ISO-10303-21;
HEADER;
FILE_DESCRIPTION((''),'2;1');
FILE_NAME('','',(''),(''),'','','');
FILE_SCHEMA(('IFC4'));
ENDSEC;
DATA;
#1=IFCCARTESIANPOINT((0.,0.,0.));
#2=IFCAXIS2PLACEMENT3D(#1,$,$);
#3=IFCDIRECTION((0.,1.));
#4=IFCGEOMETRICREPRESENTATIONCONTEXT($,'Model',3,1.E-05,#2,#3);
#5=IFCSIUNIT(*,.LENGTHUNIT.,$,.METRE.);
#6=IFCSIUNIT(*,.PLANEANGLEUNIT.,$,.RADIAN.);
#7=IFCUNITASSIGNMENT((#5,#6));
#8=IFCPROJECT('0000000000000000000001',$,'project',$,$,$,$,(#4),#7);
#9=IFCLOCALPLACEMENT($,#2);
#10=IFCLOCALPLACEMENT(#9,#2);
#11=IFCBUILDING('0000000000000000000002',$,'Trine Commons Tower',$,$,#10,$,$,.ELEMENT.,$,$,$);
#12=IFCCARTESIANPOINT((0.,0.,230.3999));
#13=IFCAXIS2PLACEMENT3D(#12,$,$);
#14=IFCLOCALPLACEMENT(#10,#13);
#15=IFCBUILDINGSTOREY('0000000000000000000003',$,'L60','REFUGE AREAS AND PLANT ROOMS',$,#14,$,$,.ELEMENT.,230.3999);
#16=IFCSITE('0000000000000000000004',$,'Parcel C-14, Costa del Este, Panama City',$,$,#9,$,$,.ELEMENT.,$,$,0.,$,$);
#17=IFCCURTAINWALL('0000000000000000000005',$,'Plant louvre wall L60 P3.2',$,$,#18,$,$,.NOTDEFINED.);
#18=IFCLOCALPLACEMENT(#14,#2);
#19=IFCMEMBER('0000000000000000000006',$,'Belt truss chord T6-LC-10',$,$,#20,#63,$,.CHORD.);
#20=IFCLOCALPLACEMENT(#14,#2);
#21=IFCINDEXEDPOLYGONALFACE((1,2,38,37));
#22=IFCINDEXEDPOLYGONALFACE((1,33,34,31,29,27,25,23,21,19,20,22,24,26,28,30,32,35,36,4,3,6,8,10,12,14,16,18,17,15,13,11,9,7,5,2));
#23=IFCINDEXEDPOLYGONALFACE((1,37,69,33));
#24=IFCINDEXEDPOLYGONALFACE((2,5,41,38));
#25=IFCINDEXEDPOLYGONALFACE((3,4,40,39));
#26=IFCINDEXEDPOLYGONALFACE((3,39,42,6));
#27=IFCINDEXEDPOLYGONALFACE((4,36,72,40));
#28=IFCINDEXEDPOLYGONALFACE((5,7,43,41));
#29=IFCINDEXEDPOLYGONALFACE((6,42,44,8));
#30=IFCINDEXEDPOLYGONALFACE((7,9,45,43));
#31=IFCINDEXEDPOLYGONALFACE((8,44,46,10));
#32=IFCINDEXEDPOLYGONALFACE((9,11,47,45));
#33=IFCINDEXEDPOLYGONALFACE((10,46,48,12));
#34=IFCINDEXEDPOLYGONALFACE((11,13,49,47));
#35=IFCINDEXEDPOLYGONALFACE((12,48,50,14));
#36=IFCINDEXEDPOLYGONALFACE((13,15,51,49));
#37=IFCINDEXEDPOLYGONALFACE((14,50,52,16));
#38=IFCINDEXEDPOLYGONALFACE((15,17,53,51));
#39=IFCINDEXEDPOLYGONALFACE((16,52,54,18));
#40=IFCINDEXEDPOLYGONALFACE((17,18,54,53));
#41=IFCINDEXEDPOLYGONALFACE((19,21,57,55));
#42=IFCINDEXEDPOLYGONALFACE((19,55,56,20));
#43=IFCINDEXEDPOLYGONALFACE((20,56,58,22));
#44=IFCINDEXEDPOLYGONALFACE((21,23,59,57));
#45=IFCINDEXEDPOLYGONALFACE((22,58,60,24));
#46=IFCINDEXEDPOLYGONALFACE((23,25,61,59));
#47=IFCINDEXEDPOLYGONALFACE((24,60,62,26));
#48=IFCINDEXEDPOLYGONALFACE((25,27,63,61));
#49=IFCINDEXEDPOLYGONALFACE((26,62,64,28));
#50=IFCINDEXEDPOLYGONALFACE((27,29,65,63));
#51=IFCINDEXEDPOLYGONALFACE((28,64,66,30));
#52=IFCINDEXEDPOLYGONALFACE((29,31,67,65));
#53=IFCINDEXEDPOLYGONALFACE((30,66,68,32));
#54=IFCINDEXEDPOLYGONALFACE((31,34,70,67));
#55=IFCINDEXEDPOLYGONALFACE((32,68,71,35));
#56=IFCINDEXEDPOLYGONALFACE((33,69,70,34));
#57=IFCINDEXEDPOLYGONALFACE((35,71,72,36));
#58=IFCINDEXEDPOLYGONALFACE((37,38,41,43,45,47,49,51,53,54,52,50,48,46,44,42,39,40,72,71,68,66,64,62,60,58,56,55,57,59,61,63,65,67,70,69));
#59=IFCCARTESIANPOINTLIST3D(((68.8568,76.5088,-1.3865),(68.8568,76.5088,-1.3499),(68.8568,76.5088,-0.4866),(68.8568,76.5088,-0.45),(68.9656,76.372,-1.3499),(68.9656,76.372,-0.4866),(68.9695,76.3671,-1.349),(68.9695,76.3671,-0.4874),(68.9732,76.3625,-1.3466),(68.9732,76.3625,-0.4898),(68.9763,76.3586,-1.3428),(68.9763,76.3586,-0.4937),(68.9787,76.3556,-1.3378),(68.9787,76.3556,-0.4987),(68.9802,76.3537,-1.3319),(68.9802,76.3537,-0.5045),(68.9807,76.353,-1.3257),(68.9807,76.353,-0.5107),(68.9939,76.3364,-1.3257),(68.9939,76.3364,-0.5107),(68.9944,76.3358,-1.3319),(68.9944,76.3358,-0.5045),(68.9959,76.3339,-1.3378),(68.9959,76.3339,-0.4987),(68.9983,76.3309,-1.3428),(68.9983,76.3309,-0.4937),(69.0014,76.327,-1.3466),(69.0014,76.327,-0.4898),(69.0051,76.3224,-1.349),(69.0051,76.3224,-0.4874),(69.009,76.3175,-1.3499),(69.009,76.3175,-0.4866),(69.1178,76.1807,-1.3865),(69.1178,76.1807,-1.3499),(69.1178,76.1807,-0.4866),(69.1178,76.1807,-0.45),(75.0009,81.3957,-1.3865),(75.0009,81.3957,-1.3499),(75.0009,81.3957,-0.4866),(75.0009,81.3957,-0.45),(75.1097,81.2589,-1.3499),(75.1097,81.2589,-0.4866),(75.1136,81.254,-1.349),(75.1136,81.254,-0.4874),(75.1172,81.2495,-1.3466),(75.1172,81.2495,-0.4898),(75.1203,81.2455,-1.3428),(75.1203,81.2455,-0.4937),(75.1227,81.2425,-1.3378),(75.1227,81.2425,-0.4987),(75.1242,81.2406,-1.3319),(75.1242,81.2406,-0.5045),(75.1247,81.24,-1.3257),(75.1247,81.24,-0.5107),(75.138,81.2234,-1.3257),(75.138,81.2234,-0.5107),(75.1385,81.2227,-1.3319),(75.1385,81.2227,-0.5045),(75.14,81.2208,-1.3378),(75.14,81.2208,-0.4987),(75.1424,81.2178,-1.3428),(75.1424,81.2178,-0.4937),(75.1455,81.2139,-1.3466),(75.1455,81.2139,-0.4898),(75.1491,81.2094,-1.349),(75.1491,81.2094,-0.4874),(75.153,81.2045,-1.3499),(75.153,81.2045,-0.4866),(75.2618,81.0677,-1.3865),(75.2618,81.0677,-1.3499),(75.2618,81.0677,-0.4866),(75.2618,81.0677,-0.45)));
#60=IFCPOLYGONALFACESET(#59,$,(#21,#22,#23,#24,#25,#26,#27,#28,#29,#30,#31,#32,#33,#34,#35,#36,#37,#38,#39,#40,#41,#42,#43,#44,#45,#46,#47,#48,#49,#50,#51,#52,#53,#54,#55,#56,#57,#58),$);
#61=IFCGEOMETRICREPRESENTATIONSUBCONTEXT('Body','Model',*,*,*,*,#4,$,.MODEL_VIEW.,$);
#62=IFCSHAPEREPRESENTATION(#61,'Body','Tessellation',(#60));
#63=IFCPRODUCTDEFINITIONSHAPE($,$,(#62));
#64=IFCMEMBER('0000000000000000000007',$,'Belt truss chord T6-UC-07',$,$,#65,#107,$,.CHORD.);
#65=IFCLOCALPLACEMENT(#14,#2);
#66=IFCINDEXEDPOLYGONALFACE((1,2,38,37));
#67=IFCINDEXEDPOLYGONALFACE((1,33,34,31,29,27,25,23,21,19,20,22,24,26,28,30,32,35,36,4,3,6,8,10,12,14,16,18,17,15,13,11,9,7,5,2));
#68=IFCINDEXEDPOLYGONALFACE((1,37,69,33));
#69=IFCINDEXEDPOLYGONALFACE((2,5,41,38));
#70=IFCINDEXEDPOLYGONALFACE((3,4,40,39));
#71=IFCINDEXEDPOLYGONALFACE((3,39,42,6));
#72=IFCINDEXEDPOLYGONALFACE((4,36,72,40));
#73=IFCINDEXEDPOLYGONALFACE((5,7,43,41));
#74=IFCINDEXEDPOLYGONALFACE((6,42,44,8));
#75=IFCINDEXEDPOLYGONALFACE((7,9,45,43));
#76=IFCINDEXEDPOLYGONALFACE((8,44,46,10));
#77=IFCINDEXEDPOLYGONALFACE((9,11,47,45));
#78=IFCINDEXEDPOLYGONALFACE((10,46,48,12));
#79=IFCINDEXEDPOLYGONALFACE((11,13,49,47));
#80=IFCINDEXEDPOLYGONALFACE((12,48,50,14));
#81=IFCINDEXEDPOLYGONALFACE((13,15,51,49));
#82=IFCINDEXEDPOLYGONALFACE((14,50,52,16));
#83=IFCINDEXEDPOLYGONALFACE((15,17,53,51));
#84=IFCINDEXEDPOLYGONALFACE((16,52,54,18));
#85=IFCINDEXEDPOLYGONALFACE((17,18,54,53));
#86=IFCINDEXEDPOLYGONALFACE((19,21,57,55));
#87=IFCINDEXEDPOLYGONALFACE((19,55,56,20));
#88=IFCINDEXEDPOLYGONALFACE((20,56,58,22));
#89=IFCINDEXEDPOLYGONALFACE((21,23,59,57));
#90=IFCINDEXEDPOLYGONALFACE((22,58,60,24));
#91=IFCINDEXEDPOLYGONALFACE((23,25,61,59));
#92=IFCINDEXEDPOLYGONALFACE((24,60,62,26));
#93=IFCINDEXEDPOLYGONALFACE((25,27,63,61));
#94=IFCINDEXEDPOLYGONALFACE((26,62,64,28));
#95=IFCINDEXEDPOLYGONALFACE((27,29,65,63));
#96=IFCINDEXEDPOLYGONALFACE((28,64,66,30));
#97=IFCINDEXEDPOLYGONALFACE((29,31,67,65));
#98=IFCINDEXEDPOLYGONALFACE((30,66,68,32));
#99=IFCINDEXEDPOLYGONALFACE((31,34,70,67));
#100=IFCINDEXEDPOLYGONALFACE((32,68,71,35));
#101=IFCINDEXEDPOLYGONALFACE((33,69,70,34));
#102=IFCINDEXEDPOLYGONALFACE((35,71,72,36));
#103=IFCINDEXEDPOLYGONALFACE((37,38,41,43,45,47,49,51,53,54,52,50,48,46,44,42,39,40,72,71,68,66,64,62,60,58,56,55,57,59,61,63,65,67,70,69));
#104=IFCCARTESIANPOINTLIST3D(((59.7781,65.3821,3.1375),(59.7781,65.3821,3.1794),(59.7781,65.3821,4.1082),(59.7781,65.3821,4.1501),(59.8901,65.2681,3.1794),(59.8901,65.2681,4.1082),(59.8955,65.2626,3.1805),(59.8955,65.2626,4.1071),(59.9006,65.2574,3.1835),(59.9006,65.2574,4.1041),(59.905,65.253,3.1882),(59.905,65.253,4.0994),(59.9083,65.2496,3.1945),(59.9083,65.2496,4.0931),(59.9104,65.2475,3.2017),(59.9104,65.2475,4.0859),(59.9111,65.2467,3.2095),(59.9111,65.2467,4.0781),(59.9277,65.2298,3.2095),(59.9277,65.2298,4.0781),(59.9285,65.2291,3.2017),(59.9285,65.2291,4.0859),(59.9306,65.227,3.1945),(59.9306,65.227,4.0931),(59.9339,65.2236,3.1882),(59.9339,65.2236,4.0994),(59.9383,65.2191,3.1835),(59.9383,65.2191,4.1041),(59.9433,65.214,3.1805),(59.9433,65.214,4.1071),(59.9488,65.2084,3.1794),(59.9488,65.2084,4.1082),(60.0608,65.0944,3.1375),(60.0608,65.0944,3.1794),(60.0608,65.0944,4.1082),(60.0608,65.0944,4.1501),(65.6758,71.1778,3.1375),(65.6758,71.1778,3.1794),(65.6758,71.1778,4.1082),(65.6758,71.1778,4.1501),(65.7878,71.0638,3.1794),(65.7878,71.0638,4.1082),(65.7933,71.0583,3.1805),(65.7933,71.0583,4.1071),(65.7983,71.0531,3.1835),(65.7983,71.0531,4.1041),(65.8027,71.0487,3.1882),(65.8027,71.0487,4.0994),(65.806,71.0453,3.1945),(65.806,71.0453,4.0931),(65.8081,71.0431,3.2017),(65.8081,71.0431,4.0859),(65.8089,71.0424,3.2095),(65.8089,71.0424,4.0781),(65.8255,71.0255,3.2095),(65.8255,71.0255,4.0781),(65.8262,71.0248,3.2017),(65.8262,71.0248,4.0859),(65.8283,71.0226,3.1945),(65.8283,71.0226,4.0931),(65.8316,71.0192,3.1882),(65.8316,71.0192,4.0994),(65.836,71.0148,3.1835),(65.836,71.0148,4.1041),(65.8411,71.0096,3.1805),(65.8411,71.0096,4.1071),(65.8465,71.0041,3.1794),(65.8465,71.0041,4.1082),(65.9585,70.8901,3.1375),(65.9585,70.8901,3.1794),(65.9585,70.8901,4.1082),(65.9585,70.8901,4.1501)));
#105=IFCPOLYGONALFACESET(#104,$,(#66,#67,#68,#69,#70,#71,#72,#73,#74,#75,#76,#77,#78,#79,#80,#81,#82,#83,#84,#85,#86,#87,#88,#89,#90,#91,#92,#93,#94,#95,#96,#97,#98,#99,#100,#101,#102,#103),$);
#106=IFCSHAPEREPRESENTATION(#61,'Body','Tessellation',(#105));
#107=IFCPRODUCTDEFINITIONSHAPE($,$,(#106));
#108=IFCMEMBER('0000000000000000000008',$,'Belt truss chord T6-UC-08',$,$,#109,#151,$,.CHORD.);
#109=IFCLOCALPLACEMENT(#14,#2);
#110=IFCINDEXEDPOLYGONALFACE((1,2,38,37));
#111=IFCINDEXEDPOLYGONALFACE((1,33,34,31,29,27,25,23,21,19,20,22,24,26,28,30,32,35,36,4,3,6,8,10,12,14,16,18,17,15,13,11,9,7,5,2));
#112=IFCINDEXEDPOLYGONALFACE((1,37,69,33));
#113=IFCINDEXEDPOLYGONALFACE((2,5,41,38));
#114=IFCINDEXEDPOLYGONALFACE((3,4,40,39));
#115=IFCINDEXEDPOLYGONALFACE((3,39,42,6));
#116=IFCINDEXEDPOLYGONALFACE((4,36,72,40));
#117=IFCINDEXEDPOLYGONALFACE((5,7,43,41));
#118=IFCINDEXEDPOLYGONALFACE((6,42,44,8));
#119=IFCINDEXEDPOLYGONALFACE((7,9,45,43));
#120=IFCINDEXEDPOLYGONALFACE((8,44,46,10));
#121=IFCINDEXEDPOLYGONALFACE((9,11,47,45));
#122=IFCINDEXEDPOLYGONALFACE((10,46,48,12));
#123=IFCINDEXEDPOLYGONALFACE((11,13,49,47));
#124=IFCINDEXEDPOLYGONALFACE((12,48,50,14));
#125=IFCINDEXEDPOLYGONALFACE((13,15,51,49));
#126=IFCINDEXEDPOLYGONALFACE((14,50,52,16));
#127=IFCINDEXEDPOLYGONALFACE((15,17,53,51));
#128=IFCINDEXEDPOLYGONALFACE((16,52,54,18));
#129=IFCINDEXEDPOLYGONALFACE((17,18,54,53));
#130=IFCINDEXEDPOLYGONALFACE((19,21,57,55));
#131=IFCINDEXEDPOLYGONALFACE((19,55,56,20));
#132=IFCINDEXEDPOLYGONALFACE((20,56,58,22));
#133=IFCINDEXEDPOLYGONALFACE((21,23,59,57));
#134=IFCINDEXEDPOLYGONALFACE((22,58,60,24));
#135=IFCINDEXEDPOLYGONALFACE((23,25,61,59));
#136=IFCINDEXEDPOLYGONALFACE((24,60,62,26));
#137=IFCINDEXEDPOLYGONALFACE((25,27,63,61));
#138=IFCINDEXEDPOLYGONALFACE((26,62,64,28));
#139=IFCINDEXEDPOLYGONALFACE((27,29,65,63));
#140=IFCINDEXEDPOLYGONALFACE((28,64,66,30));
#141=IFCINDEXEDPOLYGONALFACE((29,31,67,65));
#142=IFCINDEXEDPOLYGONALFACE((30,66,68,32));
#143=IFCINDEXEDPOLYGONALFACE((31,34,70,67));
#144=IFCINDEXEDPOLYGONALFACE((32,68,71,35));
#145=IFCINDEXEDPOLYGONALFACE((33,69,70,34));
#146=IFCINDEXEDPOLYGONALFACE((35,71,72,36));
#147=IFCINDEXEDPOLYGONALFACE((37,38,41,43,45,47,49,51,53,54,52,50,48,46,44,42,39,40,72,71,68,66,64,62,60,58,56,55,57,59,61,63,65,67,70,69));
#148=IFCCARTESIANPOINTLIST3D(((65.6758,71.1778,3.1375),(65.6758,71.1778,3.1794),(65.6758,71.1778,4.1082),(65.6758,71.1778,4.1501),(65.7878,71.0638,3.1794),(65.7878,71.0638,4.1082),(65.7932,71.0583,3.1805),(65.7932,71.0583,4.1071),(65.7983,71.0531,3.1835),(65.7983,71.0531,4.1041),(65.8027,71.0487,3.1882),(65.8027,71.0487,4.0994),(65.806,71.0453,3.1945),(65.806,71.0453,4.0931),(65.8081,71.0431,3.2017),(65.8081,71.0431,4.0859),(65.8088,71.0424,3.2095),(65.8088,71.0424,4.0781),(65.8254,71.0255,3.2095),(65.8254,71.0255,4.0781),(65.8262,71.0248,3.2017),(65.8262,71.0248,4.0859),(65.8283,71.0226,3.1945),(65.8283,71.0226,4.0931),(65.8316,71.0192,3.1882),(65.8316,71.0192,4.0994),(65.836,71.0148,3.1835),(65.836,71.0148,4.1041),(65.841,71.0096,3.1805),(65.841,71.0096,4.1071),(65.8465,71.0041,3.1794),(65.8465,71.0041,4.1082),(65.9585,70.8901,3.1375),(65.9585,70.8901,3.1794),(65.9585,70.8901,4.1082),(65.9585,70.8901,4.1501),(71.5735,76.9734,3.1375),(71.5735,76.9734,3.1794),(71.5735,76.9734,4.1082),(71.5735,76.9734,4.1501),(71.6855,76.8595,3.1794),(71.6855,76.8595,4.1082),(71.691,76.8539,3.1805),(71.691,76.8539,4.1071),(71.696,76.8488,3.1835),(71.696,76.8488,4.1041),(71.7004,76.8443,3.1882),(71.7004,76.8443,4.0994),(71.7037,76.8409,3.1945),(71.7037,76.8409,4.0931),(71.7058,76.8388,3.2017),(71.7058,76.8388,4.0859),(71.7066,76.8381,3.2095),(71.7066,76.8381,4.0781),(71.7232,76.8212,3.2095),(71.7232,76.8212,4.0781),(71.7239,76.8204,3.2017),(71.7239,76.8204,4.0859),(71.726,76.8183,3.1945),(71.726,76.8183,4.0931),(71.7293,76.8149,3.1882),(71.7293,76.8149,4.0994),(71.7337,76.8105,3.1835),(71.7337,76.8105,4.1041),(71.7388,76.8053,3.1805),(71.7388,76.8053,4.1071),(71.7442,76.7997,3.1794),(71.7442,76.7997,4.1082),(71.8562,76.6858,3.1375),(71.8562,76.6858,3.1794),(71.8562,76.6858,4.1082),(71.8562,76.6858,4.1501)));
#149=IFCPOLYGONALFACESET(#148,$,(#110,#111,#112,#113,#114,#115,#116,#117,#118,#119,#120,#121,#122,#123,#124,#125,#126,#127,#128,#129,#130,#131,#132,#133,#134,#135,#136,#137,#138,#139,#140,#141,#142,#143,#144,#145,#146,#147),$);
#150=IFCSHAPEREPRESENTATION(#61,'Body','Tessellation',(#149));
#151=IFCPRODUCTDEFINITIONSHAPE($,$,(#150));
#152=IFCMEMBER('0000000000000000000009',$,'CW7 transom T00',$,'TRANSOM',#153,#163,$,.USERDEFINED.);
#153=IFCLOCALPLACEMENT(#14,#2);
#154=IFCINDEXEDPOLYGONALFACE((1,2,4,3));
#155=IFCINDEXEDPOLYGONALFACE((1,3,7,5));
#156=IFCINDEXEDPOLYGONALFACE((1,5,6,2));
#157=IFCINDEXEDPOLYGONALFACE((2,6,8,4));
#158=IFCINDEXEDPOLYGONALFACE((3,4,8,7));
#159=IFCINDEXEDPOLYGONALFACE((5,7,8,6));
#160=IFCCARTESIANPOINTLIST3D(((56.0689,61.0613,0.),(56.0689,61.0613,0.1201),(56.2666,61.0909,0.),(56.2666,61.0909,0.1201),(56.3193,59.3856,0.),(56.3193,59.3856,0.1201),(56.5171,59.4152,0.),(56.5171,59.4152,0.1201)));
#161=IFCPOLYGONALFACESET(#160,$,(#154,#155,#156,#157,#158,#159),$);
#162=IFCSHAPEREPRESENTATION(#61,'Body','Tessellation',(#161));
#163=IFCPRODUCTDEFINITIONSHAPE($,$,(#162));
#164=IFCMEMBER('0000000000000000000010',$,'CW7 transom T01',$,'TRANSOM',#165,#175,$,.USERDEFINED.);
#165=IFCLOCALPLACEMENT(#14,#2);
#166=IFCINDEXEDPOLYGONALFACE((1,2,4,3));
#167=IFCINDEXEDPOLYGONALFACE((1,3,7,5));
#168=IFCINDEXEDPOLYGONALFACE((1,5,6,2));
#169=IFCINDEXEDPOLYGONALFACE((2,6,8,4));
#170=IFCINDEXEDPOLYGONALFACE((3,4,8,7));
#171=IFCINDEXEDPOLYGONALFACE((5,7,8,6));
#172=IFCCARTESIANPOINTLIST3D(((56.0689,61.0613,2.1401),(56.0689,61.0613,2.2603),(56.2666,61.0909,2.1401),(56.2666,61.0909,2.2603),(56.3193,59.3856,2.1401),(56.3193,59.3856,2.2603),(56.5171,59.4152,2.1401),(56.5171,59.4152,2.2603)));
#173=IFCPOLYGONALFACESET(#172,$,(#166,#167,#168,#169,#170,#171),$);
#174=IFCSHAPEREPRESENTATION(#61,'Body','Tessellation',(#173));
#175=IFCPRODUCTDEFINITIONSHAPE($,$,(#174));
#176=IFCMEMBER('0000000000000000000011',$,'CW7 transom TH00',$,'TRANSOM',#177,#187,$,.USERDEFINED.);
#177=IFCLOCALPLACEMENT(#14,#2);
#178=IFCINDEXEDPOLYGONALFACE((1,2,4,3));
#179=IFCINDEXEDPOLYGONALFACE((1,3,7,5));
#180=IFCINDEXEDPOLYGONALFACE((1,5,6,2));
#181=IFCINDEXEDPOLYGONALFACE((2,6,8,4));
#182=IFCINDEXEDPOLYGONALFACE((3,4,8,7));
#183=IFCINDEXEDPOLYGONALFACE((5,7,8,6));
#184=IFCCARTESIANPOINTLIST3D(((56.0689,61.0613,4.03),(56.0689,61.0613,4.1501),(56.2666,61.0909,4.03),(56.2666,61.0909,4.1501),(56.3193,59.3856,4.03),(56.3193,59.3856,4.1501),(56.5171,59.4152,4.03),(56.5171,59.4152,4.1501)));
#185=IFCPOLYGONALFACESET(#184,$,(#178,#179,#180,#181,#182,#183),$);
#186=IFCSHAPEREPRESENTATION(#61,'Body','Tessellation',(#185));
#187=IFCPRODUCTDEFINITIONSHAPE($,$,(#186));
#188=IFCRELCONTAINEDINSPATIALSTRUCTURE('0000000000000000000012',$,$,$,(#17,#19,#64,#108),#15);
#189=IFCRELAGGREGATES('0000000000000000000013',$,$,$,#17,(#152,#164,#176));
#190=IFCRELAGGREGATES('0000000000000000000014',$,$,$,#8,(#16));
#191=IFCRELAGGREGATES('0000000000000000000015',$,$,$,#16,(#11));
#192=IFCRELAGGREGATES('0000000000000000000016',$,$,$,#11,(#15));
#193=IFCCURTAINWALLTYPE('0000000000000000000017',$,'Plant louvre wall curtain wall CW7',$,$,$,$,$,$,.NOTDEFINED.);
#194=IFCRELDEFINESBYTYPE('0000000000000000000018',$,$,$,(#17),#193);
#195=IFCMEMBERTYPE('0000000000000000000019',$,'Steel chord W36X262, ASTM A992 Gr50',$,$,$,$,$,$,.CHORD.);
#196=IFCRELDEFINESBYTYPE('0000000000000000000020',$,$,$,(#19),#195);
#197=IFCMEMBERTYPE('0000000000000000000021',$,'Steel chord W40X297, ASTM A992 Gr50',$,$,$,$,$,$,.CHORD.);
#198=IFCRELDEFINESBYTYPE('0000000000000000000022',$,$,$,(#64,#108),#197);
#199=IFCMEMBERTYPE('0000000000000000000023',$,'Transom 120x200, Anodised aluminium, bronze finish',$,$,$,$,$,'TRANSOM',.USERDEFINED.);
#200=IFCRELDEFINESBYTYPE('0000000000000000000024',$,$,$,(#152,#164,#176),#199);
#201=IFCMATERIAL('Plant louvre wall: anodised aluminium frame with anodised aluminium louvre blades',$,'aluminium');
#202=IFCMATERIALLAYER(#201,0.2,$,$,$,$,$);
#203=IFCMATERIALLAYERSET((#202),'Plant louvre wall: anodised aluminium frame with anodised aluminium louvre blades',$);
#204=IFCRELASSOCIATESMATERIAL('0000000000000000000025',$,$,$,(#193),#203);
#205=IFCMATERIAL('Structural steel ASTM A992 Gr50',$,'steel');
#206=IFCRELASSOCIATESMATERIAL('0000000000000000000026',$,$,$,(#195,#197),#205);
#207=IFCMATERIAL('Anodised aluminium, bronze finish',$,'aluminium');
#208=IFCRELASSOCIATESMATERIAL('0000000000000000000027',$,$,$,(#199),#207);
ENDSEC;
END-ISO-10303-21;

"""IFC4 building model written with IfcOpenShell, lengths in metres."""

from ifc_helpers import new_model, si_unit, direction, frame, origin, origin_2d, place, context, subcontext, project, spatial, rectangle, i_section, extrude, material, layer, layer_set, material_profile, profile_set, type_object, element, aggregate, save


model = new_model("IFC4")

# Units and contexts
model_context = context("Model", 3, precision=1e-05, world=origin(), true_north=direction((0.0, 1.0)))
body_context = subcontext(model_context, "Body", "Model", "MODEL_VIEW")
ifc_project = project(units=[si_unit("LENGTHUNIT", "METRE"), si_unit("PLANEANGLEUNIT", "RADIAN")], contexts=[model_context])

# Site, building, storey
site_placement = place(None, origin())
site = spatial("IfcSite", under=ifc_project, at=site_placement, Name="Parcel C-14, Costa del Este, Panama City", CompositionType="ELEMENT", RefElevation=0.0)
building_placement = place(site_placement, origin())
building = spatial("IfcBuilding", under=site, at=building_placement, Name="Trine Commons Tower", CompositionType="ELEMENT")
storey_placement = place(building_placement, frame((0.0, 0.0, 230.3999)))
storey = spatial("IfcBuildingStorey", under=building, at=storey_placement, Name="L60", Description="REFUGE AREAS AND PLANT ROOMS", CompositionType="ELEMENT", Elevation=230.3999)

# Shared definitions
ifc_material_1 = material(Name="Plant louvre wall: anodised aluminium frame with anodised aluminium louvre blades", Category="aluminium")
ifc_layer_1 = layer(ifc_material_1, 0.2)
ifc_layer_set_1 = layer_set([ifc_layer_1], Name="Plant louvre wall: anodised aluminium frame with anodised aluminium louvre blades")
curtain_wall_type = type_object("IfcCurtainWallType", Name="Plant louvre wall curtain wall CW7", PredefinedType="NOTDEFINED", material=ifc_layer_set_1)
ifc_material_2 = material(Name="Anodised aluminium, bronze finish", Category="aluminium")

# Curtain wall
curtain_wall_1_placement = place(storey_placement, origin())
curtain_wall_1 = element("IfcCurtainWall", 1, at=curtain_wall_1_placement, inside=storey, type_object=curtain_wall_type, Name="Plant louvre wall L60 P3.2", PredefinedType="NOTDEFINED")

# Members
ifc_material_3 = material(Name="Structural steel ASTM A992 Gr50", Category="steel")
ifc_material_profile_1 = material_profile(ifc_material_3, i_section(OverallWidth=0.4192, OverallDepth=0.9365, WebThickness=0.0212, FlangeThickness=0.0366, FilletRadius=0.0242, at=origin_2d()), Name="W36X262")
ifc_profile_set_1 = profile_set([ifc_material_profile_1], Name="Structural steel ASTM A992 Gr50")
member_type_1 = type_object("IfcMemberType", Name="Steel chord W36X262, ASTM A992 Gr50", PredefinedType="CHORD", material=ifc_profile_set_1)
for number, where, z_axis, x_axis, name in (
    (2, (68.9873, 76.3447, -0.9182), (0.782622, 0.622497, 0.0), (-0.622497, 0.782622, 0.0), "Belt truss chord T6-LC-10"),
):
    element("IfcMember", number, at=place(storey_placement, frame(where, z_axis=z_axis, x_axis=x_axis)), inside=storey, type_object=member_type_1, Name=name, PredefinedType="CHORD", context=body_context, shape_type="SweptSolid", body=[
        extrude(i_section(OverallWidth=0.4192, OverallDepth=0.9365, WebThickness=0.0212, FlangeThickness=0.0366, FilletRadius=0.0242, at=origin_2d()), origin(), (0.0, 0.0, 1.0), 7.8506),
    ])
ifc_material_profile_2 = material_profile(ifc_material_3, i_section(OverallWidth=0.4033, OverallDepth=1.0127, WebThickness=0.0237, FlangeThickness=0.042, FilletRadius=0.03, at=origin_2d()), Name="W40X297")
ifc_profile_set_2 = profile_set([ifc_material_profile_2], Name="Structural steel ASTM A992 Gr50")
member_type_2 = type_object("IfcMemberType", Name="Steel chord W40X297, ASTM A992 Gr50", PredefinedType="CHORD", material=ifc_profile_set_2)
for number, where, z_axis, x_axis, name in (
    (3, (59.9194, 65.2383, 3.6438), (0.713251, 0.700909, 0.0), (-0.700909, 0.713251, 0.0), "Belt truss chord T6-UC-07"),
    (4, (65.8171, 71.0339, 3.6438), (0.713251, 0.700909, 0.0), (-0.700909, 0.713251, 0.0), "Belt truss chord T6-UC-08"),
):
    element("IfcMember", number, at=place(storey_placement, frame(where, z_axis=z_axis, x_axis=x_axis)), inside=storey, type_object=member_type_2, Name=name, PredefinedType="CHORD", context=body_context, shape_type="SweptSolid", body=[
        extrude(i_section(OverallWidth=0.4033, OverallDepth=1.0127, WebThickness=0.0237, FlangeThickness=0.042, FilletRadius=0.03, at=origin_2d()), origin(), (0.0, 0.0, 1.0), 8.2688),
    ])

# Members
ifc_material_profile_3 = material_profile(ifc_material_2, rectangle(XDim=0.2, YDim=0.1201, at=origin_2d()), Name="Transom 120x200")
ifc_profile_set_3 = profile_set([ifc_material_profile_3], Name="Anodised aluminium, bronze finish")
member_type_3 = type_object("IfcMemberType", Name="Transom 120x200, Anodised aluminium, bronze finish", ElementType="TRANSOM", PredefinedType="USERDEFINED", material=ifc_profile_set_3)
member_1_placement = place(storey_placement, frame((56.4182, 59.4004, 0.0601), z_axis=(-0.147833, 0.989012, 0.0), x_axis=(-0.989012, -0.147833, 0.0)))
member_1 = element("IfcMember", 5, at=member_1_placement, type_object=member_type_3, Name="CW7 transom T00", ObjectType="TRANSOM", PredefinedType="USERDEFINED", context=body_context, shape_type="SweptSolid", body=[
    extrude(rectangle(XDim=0.2, YDim=0.1201, at=origin_2d()), origin(), (0.0, 0.0, 1.0), 1.6943),
])
member_2_placement = place(storey_placement, frame((56.4182, 59.4004, 2.2002), z_axis=(-0.147833, 0.989012, 0.0), x_axis=(-0.989012, -0.147833, 0.0)))
member_2 = element("IfcMember", 6, at=member_2_placement, type_object=member_type_3, Name="CW7 transom T01", ObjectType="TRANSOM", PredefinedType="USERDEFINED", context=body_context, shape_type="SweptSolid", body=[
    extrude(rectangle(XDim=0.2, YDim=0.1201, at=origin_2d()), origin(), (0.0, 0.0, 1.0), 1.6943),
])
member_3_placement = place(storey_placement, frame((56.4182, 59.4004, 4.0901), z_axis=(-0.147833, 0.989012, 0.0), x_axis=(-0.989012, -0.147833, 0.0)))
member_3 = element("IfcMember", 7, at=member_3_placement, type_object=member_type_3, Name="CW7 transom TH00", ObjectType="TRANSOM", PredefinedType="USERDEFINED", context=body_context, shape_type="SweptSolid", body=[
    extrude(rectangle(XDim=0.2, YDim=0.1201, at=origin_2d()), origin(), (0.0, 0.0, 1.0), 1.6943),
])
aggregate(curtain_wall_1, [member_1, member_2, member_3])

save(model, "model.ifc")
